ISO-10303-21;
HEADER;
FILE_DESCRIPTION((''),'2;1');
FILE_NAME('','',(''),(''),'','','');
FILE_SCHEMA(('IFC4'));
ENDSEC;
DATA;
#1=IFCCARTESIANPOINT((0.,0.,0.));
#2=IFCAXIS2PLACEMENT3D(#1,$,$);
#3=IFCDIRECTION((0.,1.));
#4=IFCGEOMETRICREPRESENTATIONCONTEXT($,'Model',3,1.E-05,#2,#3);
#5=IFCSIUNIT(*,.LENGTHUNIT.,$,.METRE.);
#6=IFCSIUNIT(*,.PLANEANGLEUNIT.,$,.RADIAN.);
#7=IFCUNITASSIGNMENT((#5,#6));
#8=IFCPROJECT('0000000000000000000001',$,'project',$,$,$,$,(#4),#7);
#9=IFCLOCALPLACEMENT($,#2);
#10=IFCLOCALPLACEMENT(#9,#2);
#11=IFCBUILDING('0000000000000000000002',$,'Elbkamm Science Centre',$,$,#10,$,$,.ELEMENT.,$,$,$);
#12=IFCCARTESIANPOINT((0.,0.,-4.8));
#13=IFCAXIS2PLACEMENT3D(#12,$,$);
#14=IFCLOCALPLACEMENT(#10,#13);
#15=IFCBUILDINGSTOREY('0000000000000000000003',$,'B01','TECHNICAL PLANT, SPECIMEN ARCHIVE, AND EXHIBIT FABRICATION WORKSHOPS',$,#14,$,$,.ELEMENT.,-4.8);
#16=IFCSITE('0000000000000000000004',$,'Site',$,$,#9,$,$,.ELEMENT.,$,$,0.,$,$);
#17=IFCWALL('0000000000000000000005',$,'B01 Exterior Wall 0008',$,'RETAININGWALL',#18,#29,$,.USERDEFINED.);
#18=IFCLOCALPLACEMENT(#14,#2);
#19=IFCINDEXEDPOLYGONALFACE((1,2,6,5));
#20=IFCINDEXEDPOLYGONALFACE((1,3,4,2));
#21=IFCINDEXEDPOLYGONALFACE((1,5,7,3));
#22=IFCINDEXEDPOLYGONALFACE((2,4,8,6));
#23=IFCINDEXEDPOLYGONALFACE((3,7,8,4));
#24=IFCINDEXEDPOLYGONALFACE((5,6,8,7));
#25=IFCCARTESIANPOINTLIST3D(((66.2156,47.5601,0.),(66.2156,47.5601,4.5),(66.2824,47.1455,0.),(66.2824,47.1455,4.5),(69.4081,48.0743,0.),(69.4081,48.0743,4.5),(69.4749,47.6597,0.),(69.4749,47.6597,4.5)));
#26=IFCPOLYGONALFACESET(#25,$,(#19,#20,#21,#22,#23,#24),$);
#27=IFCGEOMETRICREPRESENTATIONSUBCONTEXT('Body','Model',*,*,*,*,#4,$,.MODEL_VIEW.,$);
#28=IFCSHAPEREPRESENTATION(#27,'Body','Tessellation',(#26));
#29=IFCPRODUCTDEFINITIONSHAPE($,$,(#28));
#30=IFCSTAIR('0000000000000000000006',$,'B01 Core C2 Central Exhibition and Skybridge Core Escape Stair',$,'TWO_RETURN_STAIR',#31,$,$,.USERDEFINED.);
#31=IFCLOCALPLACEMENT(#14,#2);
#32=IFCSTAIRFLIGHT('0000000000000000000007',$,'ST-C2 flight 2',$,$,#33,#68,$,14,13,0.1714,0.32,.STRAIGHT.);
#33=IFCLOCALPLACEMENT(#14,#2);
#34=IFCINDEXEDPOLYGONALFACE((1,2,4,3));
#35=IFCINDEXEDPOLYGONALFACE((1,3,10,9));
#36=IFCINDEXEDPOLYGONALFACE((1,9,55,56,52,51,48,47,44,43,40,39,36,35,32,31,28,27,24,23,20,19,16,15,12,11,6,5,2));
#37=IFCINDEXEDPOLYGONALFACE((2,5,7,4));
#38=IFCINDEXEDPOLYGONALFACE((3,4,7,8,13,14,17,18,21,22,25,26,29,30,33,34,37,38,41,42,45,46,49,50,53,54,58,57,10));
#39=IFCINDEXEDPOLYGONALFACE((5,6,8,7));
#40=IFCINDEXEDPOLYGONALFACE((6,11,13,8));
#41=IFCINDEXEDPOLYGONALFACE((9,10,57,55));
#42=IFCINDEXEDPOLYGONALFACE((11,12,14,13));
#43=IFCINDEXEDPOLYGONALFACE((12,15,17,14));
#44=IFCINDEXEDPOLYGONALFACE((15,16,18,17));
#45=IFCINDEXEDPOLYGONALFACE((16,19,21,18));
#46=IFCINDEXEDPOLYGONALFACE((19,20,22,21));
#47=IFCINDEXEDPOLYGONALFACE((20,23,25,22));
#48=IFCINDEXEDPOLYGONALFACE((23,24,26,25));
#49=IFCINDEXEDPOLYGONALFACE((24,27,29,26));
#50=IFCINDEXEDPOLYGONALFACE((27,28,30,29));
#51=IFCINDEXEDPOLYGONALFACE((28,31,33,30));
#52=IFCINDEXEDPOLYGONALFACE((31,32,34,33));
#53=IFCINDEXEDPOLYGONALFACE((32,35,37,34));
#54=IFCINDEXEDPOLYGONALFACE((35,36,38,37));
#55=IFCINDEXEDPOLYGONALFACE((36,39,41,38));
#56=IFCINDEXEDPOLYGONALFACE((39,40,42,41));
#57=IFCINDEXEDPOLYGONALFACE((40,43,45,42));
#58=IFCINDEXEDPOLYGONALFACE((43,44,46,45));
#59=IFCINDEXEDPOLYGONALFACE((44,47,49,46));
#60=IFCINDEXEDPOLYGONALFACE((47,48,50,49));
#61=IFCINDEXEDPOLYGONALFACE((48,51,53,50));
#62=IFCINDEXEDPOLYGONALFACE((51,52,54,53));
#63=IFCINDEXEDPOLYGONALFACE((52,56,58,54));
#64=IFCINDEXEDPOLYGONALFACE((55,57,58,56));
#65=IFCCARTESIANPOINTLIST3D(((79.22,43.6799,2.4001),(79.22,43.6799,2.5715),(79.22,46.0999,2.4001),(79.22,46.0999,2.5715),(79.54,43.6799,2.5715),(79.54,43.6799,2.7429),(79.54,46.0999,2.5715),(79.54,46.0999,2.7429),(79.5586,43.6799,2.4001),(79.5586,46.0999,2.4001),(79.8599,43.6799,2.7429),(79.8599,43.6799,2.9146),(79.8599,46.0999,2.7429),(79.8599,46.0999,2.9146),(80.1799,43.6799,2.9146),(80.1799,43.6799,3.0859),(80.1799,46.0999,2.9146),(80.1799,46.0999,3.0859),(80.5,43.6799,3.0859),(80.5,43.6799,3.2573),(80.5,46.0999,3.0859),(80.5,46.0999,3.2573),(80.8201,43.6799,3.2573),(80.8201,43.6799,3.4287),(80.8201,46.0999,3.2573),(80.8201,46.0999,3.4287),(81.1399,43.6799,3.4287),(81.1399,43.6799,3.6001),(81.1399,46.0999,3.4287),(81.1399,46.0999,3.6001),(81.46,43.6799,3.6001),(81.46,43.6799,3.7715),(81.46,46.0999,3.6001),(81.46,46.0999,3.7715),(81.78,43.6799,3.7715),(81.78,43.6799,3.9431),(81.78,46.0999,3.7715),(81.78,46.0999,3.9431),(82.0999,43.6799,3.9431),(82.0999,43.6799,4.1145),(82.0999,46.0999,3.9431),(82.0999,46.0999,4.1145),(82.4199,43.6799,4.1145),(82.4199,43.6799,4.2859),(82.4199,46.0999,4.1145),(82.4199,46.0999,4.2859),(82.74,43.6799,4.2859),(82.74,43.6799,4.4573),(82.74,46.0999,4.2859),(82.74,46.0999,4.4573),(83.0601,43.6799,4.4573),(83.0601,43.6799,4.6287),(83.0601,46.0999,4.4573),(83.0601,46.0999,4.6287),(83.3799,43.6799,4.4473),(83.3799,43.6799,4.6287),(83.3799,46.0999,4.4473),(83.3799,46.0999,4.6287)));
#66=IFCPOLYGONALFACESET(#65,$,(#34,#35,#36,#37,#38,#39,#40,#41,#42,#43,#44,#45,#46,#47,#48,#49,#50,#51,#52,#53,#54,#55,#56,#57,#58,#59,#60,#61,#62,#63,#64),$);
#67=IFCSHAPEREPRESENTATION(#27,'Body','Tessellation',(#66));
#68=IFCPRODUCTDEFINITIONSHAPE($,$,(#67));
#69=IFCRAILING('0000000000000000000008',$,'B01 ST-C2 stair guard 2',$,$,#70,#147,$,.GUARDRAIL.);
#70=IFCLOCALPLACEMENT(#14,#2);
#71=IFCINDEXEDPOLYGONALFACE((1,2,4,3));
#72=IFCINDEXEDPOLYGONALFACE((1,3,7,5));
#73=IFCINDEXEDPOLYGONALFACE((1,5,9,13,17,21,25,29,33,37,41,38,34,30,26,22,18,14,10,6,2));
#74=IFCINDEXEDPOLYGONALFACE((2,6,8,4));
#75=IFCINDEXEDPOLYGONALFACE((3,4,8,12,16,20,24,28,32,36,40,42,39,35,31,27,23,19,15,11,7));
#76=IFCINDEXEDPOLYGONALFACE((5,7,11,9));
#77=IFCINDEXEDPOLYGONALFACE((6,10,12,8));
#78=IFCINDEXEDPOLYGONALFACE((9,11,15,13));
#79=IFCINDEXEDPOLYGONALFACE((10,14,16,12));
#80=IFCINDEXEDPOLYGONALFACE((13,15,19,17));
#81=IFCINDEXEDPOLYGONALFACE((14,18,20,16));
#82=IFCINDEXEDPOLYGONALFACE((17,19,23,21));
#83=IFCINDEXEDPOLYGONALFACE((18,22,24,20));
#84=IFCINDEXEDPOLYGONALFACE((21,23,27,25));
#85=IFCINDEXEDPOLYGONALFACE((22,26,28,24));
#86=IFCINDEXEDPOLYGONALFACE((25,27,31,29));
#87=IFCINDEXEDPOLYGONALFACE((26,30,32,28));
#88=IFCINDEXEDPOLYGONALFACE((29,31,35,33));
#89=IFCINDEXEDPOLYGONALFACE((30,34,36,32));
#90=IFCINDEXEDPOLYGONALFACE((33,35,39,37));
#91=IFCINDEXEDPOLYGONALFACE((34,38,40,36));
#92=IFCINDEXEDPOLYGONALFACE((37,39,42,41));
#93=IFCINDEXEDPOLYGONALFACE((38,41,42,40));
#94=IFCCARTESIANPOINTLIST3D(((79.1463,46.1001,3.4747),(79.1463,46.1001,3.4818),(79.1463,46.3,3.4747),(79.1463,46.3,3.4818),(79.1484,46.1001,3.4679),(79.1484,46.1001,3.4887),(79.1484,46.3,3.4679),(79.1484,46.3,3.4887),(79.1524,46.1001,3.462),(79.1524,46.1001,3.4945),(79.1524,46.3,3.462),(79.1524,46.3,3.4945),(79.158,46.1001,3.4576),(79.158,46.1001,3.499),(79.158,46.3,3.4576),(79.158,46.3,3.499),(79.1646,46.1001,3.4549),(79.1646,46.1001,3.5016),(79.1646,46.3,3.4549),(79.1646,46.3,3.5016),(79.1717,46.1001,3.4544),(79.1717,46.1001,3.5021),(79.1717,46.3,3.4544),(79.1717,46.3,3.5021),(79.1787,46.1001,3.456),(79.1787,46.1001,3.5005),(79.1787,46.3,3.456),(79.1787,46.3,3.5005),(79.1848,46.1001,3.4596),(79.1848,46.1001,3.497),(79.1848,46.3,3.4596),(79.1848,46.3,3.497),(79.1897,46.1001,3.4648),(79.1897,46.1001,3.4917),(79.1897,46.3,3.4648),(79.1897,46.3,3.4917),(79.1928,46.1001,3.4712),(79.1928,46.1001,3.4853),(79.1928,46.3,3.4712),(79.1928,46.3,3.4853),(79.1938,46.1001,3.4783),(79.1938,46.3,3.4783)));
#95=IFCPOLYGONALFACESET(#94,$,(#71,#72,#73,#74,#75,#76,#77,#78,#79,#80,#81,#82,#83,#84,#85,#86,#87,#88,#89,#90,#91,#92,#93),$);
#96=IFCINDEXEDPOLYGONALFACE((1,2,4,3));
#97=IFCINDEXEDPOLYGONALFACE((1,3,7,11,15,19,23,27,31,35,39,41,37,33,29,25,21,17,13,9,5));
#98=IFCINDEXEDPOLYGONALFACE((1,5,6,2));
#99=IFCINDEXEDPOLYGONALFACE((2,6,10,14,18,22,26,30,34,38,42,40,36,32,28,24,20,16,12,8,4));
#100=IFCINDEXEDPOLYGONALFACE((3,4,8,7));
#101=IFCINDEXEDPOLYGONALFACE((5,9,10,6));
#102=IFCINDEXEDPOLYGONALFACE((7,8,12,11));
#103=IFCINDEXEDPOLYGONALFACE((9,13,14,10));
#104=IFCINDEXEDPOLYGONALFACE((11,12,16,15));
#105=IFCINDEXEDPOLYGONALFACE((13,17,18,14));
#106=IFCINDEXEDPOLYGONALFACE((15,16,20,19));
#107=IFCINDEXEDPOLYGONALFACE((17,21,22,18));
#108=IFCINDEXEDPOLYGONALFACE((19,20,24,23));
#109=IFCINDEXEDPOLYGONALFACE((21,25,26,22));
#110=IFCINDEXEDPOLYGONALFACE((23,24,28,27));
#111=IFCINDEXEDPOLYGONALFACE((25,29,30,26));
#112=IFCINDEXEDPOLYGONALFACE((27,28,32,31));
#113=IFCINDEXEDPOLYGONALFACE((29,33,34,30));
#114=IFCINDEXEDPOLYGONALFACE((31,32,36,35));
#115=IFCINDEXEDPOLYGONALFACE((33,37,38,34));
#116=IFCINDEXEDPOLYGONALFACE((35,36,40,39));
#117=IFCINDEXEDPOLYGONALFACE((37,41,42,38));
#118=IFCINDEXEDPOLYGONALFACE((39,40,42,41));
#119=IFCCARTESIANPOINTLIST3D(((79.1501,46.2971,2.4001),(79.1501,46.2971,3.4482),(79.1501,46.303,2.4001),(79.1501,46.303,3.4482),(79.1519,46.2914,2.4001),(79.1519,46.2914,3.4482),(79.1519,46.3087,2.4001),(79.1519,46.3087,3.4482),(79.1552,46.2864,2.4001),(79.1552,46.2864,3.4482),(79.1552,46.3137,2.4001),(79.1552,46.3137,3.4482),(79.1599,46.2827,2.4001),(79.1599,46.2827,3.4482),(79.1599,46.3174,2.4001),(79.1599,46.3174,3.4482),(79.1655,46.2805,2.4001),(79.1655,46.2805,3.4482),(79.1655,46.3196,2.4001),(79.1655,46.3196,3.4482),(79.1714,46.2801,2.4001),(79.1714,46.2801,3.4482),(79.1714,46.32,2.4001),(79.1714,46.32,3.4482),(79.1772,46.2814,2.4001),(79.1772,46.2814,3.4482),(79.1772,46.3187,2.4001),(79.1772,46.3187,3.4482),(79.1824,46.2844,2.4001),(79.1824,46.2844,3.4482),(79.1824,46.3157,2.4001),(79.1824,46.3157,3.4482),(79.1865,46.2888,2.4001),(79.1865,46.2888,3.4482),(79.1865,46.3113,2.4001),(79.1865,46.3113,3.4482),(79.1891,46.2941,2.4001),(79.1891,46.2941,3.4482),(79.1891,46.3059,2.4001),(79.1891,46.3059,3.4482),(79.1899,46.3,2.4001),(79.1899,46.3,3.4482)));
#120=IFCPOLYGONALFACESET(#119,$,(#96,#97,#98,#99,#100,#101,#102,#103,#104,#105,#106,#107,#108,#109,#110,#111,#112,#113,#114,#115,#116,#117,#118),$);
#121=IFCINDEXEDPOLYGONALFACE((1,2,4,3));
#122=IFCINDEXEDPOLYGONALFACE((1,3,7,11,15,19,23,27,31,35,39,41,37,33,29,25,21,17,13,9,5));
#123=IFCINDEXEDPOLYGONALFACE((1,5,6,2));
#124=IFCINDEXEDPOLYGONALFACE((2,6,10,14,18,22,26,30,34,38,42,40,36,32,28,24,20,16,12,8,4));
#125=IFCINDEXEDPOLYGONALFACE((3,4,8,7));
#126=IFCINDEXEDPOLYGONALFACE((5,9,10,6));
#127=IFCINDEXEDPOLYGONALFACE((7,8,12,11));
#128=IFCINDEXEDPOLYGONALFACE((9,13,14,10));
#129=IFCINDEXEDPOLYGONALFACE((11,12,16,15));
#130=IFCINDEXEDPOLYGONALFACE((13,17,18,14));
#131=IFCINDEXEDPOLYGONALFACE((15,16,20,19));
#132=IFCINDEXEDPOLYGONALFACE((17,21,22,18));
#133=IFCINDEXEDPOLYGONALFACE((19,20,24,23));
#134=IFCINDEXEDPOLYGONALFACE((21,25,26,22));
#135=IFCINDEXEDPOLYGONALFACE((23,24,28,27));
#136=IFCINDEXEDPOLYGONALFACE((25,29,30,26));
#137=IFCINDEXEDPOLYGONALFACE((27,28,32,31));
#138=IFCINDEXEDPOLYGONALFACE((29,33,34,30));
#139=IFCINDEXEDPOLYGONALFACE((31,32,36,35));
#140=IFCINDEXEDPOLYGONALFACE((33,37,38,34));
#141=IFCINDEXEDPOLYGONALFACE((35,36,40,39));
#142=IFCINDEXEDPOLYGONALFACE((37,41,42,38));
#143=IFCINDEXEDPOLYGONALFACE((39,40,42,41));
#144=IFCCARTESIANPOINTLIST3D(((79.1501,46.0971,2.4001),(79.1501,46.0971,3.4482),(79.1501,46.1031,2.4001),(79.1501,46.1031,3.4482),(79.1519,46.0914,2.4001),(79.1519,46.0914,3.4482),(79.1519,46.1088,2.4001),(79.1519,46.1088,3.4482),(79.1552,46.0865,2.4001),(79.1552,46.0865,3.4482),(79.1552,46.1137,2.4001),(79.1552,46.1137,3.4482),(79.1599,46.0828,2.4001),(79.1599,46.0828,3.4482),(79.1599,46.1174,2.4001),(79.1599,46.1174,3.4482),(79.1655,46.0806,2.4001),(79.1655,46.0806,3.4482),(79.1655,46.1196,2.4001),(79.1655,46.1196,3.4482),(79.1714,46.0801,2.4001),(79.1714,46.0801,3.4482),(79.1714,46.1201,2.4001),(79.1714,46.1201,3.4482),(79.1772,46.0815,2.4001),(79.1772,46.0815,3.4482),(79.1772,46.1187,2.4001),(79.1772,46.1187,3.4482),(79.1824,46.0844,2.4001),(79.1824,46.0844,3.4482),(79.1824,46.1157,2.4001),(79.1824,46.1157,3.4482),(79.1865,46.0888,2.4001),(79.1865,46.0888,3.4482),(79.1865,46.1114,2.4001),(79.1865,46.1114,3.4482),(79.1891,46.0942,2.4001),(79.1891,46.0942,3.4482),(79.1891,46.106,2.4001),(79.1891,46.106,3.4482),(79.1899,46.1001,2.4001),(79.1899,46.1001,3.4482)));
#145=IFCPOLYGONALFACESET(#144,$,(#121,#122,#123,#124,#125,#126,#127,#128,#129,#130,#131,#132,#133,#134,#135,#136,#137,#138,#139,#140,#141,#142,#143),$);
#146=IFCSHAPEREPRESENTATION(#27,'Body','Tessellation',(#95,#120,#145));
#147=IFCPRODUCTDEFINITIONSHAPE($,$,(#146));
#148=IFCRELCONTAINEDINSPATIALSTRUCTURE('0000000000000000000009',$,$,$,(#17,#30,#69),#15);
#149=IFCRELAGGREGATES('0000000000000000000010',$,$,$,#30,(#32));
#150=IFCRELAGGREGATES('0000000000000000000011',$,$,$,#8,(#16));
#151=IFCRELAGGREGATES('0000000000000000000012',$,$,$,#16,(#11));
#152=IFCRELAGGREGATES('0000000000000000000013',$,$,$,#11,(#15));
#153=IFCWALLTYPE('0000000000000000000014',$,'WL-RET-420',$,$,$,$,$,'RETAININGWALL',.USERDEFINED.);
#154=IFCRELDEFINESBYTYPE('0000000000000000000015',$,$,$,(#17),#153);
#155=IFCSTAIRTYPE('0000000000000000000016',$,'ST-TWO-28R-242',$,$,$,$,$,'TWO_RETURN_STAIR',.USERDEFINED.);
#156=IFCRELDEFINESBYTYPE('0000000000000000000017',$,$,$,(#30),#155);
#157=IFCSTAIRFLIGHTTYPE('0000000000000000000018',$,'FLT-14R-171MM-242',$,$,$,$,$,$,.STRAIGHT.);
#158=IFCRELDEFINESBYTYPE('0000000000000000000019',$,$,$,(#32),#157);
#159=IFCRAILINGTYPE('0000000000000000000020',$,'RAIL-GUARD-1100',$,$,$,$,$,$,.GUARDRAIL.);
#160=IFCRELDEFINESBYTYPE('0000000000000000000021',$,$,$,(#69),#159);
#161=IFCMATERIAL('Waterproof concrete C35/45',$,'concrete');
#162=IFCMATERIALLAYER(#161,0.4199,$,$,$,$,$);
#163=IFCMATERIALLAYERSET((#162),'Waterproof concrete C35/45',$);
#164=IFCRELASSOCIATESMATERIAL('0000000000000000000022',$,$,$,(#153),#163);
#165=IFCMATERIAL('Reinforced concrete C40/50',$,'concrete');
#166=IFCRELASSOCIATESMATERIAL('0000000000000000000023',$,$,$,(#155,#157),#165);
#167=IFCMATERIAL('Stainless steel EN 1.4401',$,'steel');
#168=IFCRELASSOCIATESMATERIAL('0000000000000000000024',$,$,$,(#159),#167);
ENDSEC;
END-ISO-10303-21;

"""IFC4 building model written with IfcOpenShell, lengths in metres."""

from ifc_helpers import new_model, si_unit, direction, frame, frame_2d, origin, origin_2d, place, context, subcontext, project, spatial, polyline, rectangle, circle, outline, extrude, material, layer, layer_set, type_object, element, aggregate, save


model = new_model("IFC4")

# Units and contexts
model_context = context("Model", 3, precision=1e-05, world=origin(), true_north=direction((0.0, 1.0)))
body_context = subcontext(model_context, "Body", "Model", "MODEL_VIEW")
ifc_project = project(units=[si_unit("LENGTHUNIT", "METRE"), si_unit("PLANEANGLEUNIT", "RADIAN")], contexts=[model_context])

# Site, building, storey
site_placement = place(None, origin())
site = spatial("IfcSite", under=ifc_project, at=site_placement, Name="Site", CompositionType="ELEMENT", RefElevation=0.0)
building_placement = place(site_placement, origin())
building = spatial("IfcBuilding", under=site, at=building_placement, Name="Elbkamm Science Centre", CompositionType="ELEMENT")
storey_placement = place(building_placement, frame((0.0, 0.0, -4.8)))
storey = spatial("IfcBuildingStorey", under=building, at=storey_placement, Name="B01", Description="TECHNICAL PLANT, SPECIMEN ARCHIVE, AND EXHIBIT FABRICATION WORKSHOPS", CompositionType="ELEMENT", Elevation=-4.8)

# Shared definitions
ifc_material_1 = material(Name="Reinforced concrete C40/50", Category="concrete")

# Wall
ifc_material_2 = material(Name="Waterproof concrete C35/45", Category="concrete")
ifc_layer_1 = layer(ifc_material_2, 0.4199)
ifc_layer_set_1 = layer_set([ifc_layer_1], Name="Waterproof concrete C35/45")
wall_type_1 = type_object("IfcWallType", Name="WL-RET-420", ElementType="RETAININGWALL", PredefinedType="USERDEFINED", material=ifc_layer_set_1)
wall_1_placement = place(storey_placement, frame((69.4414, 47.8669, 0.0), z_axis=(0.0, 0.0, 1.0), x_axis=(-0.987279, -0.158997, 0.0)))
element("IfcWall", 1, at=wall_1_placement, inside=storey, type_object=wall_type_1, Name="B01 Exterior Wall 0008", ObjectType="RETAININGWALL", PredefinedType="USERDEFINED", context=body_context, shape_type="SweptSolid", body=[
    extrude(rectangle(XDim=3.2336, YDim=0.4199, at=frame_2d((1.6167, 0.0))), origin(), (0.0, 0.0, 1.0), 4.5),
])

# Stair, stair flight
stair_type = type_object("IfcStairType", Name="ST-TWO-28R-242", ElementType="TWO_RETURN_STAIR", PredefinedType="USERDEFINED", material=ifc_material_1)
stair_placement = place(storey_placement, origin())
stair = element("IfcStair", 2, at=stair_placement, inside=storey, type_object=stair_type, Name="B01 Core C2 Central Exhibition and Skybridge Core Escape Stair", ObjectType="TWO_RETURN_STAIR", PredefinedType="USERDEFINED")
stair_flight_type = type_object("IfcStairFlightType", Name="FLT-14R-171MM-242", PredefinedType="STRAIGHT", material=ifc_material_1)
stair_flight_placement = place(storey_placement, frame((79.22, 44.8899, 2.4001), z_axis=(0.0, 0.0, 1.0), x_axis=(1.0, 0.0, 0.0)))
stair_flight = element("IfcStairFlight", 3, at=stair_flight_placement, type_object=stair_flight_type, Name="ST-C2 flight 2", NumberOfRisers=14, NumberOfTreads=13, PredefinedType="STRAIGHT", RiserHeight=0.1714, TreadLength=0.32, context=body_context, shape_type="SweptSolid", body=[
    extrude(outline(polyline([(0.0, 0.0), (0.0, 0.1714), (0.3201, 0.1714), (0.3201, 0.3428), (0.6399, 0.3428), (0.6399, 0.5144), (0.96, 0.5144), (0.96, 0.6858), (1.28, 0.6858), (1.28, 0.8572), (1.6001, 0.8572), (1.6001, 1.0286), (1.9199, 1.0286), (1.9199, 1.2), (2.24, 1.2), (2.24, 1.3713), (2.5601, 1.3713), (2.5601, 1.543), (2.8799, 1.543), (2.8799, 1.7144), (3.2, 1.7144), (3.2, 1.8857), (3.52, 1.8857), (3.52, 2.0571), (3.8401, 2.0571), (3.8401, 2.2285), (4.1599, 2.2285), (4.1599, 2.3999), (4.1599, 2.0471), (0.3386, 0.0), (0.0, 0.0)])), frame((0.0, 1.21, 0.0), z_axis=(0.0, -1.0, 0.0), x_axis=(1.0, 0.0, 0.0)), (0.0, 0.0, 1.0), 2.4199),
])
aggregate(stair, [stair_flight])

# Railing
ifc_material_3 = material(Name="Stainless steel EN 1.4401", Category="steel")
railing_type_1 = type_object("IfcRailingType", Name="RAIL-GUARD-1100", PredefinedType="GUARDRAIL", material=ifc_material_3)
railing_1_placement = place(storey_placement, frame((79.1699, 46.3, 2.4001)))
element("IfcRailing", 4, at=railing_1_placement, inside=storey, type_object=railing_type_1, Name="B01 ST-C2 stair guard 2", PredefinedType="GUARDRAIL", context=body_context, shape_type="SweptSolid", body=[
    extrude(circle(Radius=0.0239, at=origin_2d()), frame((0.0, 0.0, 1.0781), z_axis=(0.0, -1.0, 0.0), x_axis=(1.0, 0.0, 0.0)), (0.0, 0.0, 1.0), 0.2),
    extrude(circle(Radius=0.02, at=origin_2d()), origin(), (0.0, 0.0, 1.0), 1.0481),
    extrude(circle(Radius=0.02, at=origin_2d()), frame((0.0, -0.2, 0.0)), (0.0, 0.0, 1.0), 1.0481),
])

save(model, "model.ifc")
